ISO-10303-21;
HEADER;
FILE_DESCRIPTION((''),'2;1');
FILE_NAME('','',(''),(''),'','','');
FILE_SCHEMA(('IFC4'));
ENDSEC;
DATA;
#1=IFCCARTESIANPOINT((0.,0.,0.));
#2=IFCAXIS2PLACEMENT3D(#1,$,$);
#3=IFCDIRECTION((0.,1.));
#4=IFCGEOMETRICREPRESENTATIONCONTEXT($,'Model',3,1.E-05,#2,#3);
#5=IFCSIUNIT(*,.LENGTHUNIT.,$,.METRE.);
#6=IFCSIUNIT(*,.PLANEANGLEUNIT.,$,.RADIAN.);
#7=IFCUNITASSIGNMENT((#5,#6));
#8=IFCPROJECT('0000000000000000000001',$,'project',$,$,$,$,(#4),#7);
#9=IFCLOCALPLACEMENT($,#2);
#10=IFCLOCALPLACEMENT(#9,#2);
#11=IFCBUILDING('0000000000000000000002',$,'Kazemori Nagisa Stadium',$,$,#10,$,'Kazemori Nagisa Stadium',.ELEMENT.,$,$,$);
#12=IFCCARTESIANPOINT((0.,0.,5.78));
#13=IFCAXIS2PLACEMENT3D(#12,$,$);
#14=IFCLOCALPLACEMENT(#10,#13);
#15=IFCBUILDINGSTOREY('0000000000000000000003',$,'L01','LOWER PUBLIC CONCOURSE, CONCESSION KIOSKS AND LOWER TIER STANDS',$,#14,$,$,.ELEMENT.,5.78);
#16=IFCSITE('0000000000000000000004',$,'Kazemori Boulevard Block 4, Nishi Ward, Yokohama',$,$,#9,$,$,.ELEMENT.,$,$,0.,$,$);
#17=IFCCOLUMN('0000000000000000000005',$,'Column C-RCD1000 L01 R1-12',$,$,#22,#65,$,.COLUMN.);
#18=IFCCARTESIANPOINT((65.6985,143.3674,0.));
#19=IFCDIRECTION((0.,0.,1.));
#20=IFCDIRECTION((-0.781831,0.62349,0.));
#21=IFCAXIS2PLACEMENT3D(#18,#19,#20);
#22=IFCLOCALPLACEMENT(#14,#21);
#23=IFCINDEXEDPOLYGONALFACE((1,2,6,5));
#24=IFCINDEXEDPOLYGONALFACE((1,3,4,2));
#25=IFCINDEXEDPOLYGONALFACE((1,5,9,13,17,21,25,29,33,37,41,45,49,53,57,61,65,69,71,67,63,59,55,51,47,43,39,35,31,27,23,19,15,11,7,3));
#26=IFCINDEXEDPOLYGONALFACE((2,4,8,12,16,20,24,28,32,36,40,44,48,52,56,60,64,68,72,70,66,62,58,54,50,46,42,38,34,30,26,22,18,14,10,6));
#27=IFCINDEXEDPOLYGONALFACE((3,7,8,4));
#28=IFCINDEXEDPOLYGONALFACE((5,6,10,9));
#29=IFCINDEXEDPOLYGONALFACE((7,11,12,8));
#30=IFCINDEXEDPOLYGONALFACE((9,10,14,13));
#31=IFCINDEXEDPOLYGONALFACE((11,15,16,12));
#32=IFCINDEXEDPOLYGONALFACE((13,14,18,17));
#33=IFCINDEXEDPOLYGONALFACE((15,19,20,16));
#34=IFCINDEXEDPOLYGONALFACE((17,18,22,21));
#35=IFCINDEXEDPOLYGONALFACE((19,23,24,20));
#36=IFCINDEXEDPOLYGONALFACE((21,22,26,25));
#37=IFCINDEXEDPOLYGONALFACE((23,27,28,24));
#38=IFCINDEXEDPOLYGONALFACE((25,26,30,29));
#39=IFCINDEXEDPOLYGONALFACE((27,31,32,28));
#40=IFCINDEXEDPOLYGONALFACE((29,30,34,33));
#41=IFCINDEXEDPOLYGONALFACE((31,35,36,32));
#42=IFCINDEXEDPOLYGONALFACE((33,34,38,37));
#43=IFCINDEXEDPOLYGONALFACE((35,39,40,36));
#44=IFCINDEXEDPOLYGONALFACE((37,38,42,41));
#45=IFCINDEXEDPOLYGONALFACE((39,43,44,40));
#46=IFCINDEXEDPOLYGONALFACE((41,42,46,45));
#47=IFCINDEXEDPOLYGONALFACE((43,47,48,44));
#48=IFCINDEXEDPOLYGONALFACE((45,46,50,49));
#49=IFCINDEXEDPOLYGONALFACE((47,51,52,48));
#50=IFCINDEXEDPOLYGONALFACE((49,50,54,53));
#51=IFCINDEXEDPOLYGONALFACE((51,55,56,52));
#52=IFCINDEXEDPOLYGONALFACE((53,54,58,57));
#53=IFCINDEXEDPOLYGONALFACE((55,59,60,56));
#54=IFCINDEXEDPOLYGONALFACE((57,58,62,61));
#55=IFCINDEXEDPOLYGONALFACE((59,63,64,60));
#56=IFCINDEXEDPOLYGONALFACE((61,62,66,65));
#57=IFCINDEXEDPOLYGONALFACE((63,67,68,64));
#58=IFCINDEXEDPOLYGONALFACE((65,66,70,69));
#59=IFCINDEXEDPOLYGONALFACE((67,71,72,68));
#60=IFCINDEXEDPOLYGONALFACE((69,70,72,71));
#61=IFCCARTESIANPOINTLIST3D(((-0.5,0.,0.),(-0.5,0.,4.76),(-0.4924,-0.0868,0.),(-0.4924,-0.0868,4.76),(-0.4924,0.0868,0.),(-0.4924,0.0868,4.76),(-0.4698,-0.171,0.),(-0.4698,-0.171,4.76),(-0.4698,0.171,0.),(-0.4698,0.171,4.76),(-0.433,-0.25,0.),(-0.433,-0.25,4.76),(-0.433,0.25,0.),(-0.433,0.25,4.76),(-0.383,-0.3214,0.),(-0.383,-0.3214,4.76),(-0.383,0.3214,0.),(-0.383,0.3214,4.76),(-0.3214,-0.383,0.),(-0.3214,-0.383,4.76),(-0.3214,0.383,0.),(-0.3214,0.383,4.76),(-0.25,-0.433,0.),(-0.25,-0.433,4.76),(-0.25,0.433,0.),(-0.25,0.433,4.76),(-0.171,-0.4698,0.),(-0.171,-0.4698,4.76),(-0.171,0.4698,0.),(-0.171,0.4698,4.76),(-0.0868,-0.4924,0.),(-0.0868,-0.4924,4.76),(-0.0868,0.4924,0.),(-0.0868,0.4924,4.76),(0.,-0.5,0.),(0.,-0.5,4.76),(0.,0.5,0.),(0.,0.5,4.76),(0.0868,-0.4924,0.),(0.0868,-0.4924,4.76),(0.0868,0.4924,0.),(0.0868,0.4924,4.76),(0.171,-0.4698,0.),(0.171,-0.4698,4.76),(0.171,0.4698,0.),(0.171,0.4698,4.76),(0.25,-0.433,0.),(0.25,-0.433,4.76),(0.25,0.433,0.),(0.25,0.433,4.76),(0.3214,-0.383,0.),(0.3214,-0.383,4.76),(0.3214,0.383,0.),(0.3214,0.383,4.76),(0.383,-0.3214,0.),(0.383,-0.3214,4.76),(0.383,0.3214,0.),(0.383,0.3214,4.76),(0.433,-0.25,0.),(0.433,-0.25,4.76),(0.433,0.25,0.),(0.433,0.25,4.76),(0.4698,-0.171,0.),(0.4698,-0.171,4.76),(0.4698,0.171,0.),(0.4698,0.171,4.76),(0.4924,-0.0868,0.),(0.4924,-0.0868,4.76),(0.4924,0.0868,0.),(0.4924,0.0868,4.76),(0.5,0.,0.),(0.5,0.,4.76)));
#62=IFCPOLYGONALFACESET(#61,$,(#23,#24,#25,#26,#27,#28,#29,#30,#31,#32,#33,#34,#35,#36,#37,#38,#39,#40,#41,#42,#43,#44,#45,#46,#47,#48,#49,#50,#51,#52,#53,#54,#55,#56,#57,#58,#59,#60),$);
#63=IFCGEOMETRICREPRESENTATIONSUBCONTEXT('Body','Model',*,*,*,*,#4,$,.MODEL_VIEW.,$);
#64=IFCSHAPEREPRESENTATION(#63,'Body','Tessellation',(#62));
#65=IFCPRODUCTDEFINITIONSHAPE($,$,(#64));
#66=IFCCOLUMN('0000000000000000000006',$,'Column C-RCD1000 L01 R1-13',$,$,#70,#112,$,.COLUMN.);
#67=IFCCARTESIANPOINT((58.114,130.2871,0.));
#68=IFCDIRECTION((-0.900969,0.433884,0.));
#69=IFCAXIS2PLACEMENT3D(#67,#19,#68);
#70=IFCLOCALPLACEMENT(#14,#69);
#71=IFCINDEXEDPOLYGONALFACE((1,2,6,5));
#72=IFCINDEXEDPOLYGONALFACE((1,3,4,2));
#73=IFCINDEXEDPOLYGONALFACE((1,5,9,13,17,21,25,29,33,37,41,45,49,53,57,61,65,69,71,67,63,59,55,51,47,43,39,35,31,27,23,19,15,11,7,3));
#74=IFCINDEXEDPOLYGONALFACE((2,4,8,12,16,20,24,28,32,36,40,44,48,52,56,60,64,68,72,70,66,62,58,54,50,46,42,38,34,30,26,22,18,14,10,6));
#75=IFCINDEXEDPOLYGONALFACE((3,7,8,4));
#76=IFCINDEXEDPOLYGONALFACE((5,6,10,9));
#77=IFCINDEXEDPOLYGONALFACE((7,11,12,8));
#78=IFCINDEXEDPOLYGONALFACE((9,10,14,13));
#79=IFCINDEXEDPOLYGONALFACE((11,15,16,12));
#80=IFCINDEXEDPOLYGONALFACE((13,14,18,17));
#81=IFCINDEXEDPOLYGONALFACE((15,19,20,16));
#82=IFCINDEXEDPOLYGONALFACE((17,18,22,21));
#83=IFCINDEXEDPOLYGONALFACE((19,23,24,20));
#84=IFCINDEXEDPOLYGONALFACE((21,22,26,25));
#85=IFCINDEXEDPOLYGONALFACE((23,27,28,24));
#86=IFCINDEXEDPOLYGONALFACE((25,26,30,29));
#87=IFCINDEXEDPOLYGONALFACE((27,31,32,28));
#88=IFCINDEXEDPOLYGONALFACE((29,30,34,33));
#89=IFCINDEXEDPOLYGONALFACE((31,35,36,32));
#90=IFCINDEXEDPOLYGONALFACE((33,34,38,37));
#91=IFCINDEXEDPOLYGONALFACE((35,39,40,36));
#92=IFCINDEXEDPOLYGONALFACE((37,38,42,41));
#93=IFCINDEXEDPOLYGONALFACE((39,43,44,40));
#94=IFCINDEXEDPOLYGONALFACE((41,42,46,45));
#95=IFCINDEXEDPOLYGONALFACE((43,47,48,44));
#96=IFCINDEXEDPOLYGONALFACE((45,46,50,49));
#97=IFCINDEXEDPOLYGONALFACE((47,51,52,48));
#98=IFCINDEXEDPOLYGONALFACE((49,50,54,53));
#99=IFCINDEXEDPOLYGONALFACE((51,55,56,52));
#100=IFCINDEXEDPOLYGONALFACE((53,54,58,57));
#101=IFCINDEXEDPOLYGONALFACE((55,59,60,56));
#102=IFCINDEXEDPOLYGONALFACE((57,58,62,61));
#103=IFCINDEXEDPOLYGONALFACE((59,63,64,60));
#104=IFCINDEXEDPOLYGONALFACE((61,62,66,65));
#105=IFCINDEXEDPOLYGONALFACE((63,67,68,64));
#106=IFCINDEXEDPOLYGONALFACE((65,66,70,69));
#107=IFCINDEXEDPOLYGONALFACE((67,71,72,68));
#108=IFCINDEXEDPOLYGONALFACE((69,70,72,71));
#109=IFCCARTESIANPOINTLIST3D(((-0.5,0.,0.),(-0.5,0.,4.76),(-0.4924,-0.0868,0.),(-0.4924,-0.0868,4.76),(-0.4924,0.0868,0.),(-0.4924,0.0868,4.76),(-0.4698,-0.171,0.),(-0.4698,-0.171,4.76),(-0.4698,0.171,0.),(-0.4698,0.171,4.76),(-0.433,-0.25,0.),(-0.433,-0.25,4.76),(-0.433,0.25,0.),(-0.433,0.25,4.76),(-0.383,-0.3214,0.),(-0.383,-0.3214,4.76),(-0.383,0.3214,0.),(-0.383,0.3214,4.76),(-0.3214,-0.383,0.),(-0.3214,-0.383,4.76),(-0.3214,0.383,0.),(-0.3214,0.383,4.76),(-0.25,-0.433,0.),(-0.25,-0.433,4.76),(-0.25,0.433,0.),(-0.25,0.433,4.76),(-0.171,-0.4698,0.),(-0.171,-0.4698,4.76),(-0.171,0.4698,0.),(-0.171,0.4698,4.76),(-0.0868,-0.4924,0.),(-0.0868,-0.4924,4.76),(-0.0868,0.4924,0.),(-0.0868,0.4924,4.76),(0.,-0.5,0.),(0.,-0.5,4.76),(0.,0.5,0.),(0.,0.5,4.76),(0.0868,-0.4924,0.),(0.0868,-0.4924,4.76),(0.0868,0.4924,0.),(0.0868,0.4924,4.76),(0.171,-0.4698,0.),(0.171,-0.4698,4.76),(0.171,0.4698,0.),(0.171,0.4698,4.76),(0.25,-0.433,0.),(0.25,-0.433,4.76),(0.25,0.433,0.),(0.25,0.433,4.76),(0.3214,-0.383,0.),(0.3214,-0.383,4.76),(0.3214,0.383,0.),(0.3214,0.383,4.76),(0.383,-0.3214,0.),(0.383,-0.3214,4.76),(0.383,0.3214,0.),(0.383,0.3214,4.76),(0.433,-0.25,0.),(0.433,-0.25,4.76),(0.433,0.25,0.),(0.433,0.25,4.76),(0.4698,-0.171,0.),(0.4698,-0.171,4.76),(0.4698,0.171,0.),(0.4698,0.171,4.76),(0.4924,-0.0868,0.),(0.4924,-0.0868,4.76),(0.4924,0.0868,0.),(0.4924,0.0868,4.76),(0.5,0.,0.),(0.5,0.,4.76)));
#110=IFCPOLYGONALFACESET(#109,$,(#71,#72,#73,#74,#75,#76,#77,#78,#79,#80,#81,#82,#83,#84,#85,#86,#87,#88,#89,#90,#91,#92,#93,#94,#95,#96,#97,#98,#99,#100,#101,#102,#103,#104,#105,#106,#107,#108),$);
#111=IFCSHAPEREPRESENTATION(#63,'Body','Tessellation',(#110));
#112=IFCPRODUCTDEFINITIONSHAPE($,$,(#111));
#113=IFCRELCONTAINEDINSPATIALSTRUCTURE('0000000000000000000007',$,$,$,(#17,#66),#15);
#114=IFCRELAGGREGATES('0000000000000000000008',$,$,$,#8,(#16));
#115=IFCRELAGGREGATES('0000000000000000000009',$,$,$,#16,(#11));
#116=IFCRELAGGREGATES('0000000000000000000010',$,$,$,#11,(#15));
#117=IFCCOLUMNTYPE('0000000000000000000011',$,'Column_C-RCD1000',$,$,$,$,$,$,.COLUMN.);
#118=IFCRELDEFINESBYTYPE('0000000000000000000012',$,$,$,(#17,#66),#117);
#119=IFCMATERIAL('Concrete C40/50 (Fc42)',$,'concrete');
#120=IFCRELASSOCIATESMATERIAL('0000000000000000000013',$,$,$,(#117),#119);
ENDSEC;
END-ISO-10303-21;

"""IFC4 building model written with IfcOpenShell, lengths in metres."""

from ifc_helpers import new_model, si_unit, direction, frame, origin, origin_2d, place, context, subcontext, project, spatial, circle, extrude, material, material_profile, profile_set, type_object, element, save


model = new_model("IFC4")

# Units and contexts
model_context = context("Model", 3, precision=1e-05, world=origin(), true_north=direction((0.0, 1.0)))
body_context = subcontext(model_context, "Body", "Model", "MODEL_VIEW")
ifc_project = project(units=[si_unit("LENGTHUNIT", "METRE"), si_unit("PLANEANGLEUNIT", "RADIAN")], contexts=[model_context])

# Site, building, storey
site_placement = place(None, origin())
site = spatial("IfcSite", under=ifc_project, at=site_placement, Name="Kazemori Boulevard Block 4, Nishi Ward, Yokohama", CompositionType="ELEMENT", RefElevation=0.0)
building_placement = place(site_placement, origin())
building = spatial("IfcBuilding", under=site, at=building_placement, Name="Kazemori Nagisa Stadium", LongName="Kazemori Nagisa Stadium", CompositionType="ELEMENT")
storey_placement = place(building_placement, frame((0.0, 0.0, 5.78)))
storey = spatial("IfcBuildingStorey", under=building, at=storey_placement, Name="L01", Description="LOWER PUBLIC CONCOURSE, CONCESSION KIOSKS AND LOWER TIER STANDS", CompositionType="ELEMENT", Elevation=5.78)

# Columns
ifc_material_1 = material(Name="Concrete C40/50 (Fc42)", Category="concrete")
ifc_material_profile_1 = material_profile(ifc_material_1, circle(Radius=0.5, at=origin_2d()), Name="RC-COL-D1000")
ifc_profile_set_1 = profile_set([ifc_material_profile_1], Name="Concrete C40/50 (Fc42)")
column_type = type_object("IfcColumnType", Name="Column_C-RCD1000", PredefinedType="COLUMN", material=ifc_profile_set_1)
for number, where, z_axis, x_axis, name in (
    (1, (65.6985, 143.3674, 0.0), (0.0, 0.0, 1.0), (-0.781831, 0.62349, 0.0), "Column C-RCD1000 L01 R1-12"),
    (2, (58.114, 130.2871, 0.0), (0.0, 0.0, 1.0), (-0.900969, 0.433884, 0.0), "Column C-RCD1000 L01 R1-13"),
):
    element("IfcColumn", number, at=place(storey_placement, frame(where, z_axis=z_axis, x_axis=x_axis)), inside=storey, type_object=column_type, Name=name, PredefinedType="COLUMN", context=body_context, shape_type="SweptSolid", body=[
        extrude(circle(Radius=0.5, at=origin_2d()), origin(), (0.0, 0.0, 1.0), 4.76),
    ])

save(model, "model.ifc")
